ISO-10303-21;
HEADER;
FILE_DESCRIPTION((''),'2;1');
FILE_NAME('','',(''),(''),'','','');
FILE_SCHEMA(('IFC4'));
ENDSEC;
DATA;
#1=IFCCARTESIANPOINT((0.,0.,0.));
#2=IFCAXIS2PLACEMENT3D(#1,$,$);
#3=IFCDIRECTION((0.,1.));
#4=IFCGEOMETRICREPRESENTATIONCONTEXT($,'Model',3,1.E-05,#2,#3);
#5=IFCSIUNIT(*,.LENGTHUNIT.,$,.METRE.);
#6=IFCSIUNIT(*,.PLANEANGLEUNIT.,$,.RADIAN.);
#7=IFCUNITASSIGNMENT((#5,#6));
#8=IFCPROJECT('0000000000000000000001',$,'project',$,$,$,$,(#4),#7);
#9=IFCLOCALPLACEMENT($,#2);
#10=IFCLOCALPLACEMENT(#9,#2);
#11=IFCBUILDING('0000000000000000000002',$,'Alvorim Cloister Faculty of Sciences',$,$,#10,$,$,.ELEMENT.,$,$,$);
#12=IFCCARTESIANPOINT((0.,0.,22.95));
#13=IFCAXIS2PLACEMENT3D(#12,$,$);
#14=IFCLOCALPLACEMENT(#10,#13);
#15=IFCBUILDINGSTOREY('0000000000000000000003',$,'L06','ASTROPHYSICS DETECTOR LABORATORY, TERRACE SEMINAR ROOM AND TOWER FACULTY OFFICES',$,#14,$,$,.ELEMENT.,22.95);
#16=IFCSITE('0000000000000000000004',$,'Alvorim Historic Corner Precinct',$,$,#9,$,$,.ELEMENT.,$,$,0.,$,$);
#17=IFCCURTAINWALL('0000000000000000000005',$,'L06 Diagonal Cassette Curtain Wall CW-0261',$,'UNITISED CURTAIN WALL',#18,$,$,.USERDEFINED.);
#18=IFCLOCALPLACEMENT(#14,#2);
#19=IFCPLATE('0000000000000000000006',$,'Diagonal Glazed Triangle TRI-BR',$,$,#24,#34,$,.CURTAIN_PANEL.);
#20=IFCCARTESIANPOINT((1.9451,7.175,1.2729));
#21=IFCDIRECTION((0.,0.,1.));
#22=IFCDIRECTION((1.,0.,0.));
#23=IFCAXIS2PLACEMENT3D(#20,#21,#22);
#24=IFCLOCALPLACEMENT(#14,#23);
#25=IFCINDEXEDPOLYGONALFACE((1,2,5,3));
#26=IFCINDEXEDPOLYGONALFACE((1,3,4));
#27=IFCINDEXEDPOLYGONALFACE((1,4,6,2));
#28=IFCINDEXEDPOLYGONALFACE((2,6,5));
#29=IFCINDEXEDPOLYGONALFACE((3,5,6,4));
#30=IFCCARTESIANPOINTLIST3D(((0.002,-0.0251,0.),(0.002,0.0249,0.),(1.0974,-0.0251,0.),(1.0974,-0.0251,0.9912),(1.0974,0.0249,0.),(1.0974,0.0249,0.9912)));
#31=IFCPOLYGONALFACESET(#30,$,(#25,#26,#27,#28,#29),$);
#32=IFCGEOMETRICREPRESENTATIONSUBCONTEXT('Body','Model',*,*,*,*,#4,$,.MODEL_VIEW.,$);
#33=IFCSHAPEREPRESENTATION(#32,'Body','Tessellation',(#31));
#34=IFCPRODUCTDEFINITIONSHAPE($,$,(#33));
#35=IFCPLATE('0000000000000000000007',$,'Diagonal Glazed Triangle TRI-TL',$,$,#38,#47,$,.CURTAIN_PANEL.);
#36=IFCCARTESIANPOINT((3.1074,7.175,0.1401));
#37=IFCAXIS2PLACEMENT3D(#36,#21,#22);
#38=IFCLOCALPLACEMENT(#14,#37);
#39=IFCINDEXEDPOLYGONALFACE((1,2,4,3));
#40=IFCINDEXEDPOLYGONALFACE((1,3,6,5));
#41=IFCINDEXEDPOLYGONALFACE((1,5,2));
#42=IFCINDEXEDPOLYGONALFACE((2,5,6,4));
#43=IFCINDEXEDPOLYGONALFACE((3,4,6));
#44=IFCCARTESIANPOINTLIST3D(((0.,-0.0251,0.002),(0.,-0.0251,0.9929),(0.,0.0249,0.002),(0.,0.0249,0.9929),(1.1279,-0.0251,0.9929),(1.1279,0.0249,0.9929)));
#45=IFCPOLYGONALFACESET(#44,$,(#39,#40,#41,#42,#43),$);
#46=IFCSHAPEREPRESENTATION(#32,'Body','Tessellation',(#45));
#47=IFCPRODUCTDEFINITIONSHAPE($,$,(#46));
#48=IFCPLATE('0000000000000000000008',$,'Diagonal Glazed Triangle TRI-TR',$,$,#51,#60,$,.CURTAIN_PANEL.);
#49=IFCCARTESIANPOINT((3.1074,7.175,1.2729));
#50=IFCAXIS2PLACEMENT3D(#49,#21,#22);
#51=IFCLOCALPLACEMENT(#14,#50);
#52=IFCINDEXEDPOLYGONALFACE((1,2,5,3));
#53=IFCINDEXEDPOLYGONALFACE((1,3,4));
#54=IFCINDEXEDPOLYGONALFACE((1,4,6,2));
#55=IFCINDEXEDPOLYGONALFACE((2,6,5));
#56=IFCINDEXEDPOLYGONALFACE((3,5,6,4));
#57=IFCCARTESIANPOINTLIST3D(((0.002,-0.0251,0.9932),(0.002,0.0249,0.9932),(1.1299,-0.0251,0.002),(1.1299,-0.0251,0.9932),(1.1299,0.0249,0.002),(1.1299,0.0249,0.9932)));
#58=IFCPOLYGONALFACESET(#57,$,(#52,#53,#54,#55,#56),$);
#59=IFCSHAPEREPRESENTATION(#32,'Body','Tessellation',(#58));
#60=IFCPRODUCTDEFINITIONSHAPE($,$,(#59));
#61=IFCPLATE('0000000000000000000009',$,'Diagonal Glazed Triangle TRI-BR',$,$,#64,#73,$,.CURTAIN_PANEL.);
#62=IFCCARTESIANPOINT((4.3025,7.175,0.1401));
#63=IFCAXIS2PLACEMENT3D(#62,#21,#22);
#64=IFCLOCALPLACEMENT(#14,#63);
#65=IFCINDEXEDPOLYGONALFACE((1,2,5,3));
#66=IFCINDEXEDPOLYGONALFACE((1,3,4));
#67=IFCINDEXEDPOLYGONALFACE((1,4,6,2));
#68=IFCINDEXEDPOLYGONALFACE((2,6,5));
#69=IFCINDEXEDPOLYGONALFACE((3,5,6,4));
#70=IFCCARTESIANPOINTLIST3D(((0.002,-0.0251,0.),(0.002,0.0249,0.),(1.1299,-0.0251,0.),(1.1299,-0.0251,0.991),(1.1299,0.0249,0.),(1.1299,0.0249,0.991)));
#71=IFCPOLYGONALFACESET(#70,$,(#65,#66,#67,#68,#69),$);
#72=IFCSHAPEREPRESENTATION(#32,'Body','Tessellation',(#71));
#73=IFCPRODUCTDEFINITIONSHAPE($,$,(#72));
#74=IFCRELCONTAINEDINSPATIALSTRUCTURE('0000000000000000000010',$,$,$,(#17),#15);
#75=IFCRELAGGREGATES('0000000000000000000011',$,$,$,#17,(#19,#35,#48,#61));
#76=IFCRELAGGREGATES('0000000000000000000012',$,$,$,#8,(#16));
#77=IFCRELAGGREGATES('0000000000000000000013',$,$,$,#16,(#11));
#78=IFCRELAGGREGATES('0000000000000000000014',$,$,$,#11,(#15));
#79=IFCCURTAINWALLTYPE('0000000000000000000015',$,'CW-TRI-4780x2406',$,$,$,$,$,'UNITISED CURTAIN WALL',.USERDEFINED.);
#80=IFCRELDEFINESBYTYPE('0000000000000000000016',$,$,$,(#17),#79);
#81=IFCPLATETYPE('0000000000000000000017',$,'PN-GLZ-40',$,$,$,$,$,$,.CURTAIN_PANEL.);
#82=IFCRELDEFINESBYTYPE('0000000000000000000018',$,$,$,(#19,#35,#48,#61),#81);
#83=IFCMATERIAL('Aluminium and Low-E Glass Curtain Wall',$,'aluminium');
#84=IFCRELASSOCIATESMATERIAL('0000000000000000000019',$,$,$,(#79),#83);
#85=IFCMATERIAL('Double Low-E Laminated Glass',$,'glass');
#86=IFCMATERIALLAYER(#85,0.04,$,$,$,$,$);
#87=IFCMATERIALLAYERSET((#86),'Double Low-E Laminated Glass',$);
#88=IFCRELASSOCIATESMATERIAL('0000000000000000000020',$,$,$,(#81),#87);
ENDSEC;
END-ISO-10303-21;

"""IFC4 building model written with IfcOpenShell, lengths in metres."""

from ifc_helpers import new_model, si_unit, direction, frame, origin, place, context, subcontext, project, spatial, polyline, outline, extrude, material, layer, layer_set, type_object, element, aggregate, save


model = new_model("IFC4")

# Units and contexts
model_context = context("Model", 3, precision=1e-05, world=origin(), true_north=direction((0.0, 1.0)))
body_context = subcontext(model_context, "Body", "Model", "MODEL_VIEW")
ifc_project = project(units=[si_unit("LENGTHUNIT", "METRE"), si_unit("PLANEANGLEUNIT", "RADIAN")], contexts=[model_context])

# Site, building, storey
site_placement = place(None, origin())
site = spatial("IfcSite", under=ifc_project, at=site_placement, Name="Alvorim Historic Corner Precinct", CompositionType="ELEMENT", RefElevation=0.0)
building_placement = place(site_placement, origin())
building = spatial("IfcBuilding", under=site, at=building_placement, Name="Alvorim Cloister Faculty of Sciences", CompositionType="ELEMENT")
storey_placement = place(building_placement, frame((0.0, 0.0, 22.95)))
storey = spatial("IfcBuildingStorey", under=building, at=storey_placement, Name="L06", Description="ASTROPHYSICS DETECTOR LABORATORY, TERRACE SEMINAR ROOM AND TOWER FACULTY OFFICES", CompositionType="ELEMENT", Elevation=22.95)

# Curtain wall, plates
ifc_material_1 = material(Name="Aluminium and Low-E Glass Curtain Wall", Category="aluminium")
curtain_wall_type = type_object("IfcCurtainWallType", Name="CW-TRI-4780x2406", ElementType="UNITISED CURTAIN WALL", PredefinedType="USERDEFINED", material=ifc_material_1)
curtain_wall_placement = place(storey_placement, origin())
curtain_wall = element("IfcCurtainWall", 1, at=curtain_wall_placement, inside=storey, type_object=curtain_wall_type, Name="L06 Diagonal Cassette Curtain Wall CW-0261", ObjectType="UNITISED CURTAIN WALL", PredefinedType="USERDEFINED")
ifc_material_2 = material(Name="Double Low-E Laminated Glass", Category="glass")
ifc_layer_1 = layer(ifc_material_2, 0.04)
ifc_layer_set_1 = layer_set([ifc_layer_1], Name="Double Low-E Laminated Glass")
plate_type = type_object("IfcPlateType", Name="PN-GLZ-40", PredefinedType="CURTAIN_PANEL", material=ifc_layer_set_1)
plate_1_placement = place(storey_placement, frame((1.9451, 7.175, 1.2729), z_axis=(0.0, 0.0, 1.0), x_axis=(1.0, 0.0, 0.0)))
plate_1 = element("IfcPlate", 2, at=plate_1_placement, type_object=plate_type, Name="Diagonal Glazed Triangle TRI-BR", PredefinedType="CURTAIN_PANEL", context=body_context, shape_type="SweptSolid", body=[
    extrude(outline(polyline([(0.002, 0.0), (1.0974, 0.0), (1.0974, 0.9912), (0.002, 0.0)])), frame((0.0, 0.0249, 0.0), z_axis=(0.0, -1.0, 0.0), x_axis=(1.0, 0.0, 0.0)), (0.0, 0.0, 1.0), 0.05),
])
plate_2_placement = place(storey_placement, frame((3.1074, 7.175, 0.1401), z_axis=(0.0, 0.0, 1.0), x_axis=(1.0, 0.0, 0.0)))
plate_2 = element("IfcPlate", 3, at=plate_2_placement, type_object=plate_type, Name="Diagonal Glazed Triangle TRI-TL", PredefinedType="CURTAIN_PANEL", context=body_context, shape_type="SweptSolid", body=[
    extrude(outline(polyline([(1.1279, 0.9929), (0.0, 0.9929), (0.0, 0.002), (1.1279, 0.9929)])), frame((0.0, 0.0249, 0.0), z_axis=(0.0, -1.0, 0.0), x_axis=(1.0, 0.0, 0.0)), (0.0, 0.0, 1.0), 0.05),
])
plate_3_placement = place(storey_placement, frame((3.1074, 7.175, 1.2729), z_axis=(0.0, 0.0, 1.0), x_axis=(1.0, 0.0, 0.0)))
plate_3 = element("IfcPlate", 4, at=plate_3_placement, type_object=plate_type, Name="Diagonal Glazed Triangle TRI-TR", PredefinedType="CURTAIN_PANEL", context=body_context, shape_type="SweptSolid", body=[
    extrude(outline(polyline([(1.1299, 0.002), (1.1299, 0.9932), (0.002, 0.9932), (1.1299, 0.002)])), frame((0.0, 0.0249, 0.0), z_axis=(0.0, -1.0, 0.0), x_axis=(1.0, 0.0, 0.0)), (0.0, 0.0, 1.0), 0.05),
])
plate_4_placement = place(storey_placement, frame((4.3025, 7.175, 0.1401), z_axis=(0.0, 0.0, 1.0), x_axis=(1.0, 0.0, 0.0)))
plate_4 = element("IfcPlate", 5, at=plate_4_placement, type_object=plate_type, Name="Diagonal Glazed Triangle TRI-BR", PredefinedType="CURTAIN_PANEL", context=body_context, shape_type="SweptSolid", body=[
    extrude(outline(polyline([(0.002, 0.0), (1.1299, 0.0), (1.1299, 0.991), (0.002, 0.0)])), frame((0.0, 0.0249, 0.0), z_axis=(0.0, -1.0, 0.0), x_axis=(1.0, 0.0, 0.0)), (0.0, 0.0, 1.0), 0.05),
])
aggregate(curtain_wall, [plate_1, plate_2, plate_3, plate_4])

save(model, "model.ifc")
